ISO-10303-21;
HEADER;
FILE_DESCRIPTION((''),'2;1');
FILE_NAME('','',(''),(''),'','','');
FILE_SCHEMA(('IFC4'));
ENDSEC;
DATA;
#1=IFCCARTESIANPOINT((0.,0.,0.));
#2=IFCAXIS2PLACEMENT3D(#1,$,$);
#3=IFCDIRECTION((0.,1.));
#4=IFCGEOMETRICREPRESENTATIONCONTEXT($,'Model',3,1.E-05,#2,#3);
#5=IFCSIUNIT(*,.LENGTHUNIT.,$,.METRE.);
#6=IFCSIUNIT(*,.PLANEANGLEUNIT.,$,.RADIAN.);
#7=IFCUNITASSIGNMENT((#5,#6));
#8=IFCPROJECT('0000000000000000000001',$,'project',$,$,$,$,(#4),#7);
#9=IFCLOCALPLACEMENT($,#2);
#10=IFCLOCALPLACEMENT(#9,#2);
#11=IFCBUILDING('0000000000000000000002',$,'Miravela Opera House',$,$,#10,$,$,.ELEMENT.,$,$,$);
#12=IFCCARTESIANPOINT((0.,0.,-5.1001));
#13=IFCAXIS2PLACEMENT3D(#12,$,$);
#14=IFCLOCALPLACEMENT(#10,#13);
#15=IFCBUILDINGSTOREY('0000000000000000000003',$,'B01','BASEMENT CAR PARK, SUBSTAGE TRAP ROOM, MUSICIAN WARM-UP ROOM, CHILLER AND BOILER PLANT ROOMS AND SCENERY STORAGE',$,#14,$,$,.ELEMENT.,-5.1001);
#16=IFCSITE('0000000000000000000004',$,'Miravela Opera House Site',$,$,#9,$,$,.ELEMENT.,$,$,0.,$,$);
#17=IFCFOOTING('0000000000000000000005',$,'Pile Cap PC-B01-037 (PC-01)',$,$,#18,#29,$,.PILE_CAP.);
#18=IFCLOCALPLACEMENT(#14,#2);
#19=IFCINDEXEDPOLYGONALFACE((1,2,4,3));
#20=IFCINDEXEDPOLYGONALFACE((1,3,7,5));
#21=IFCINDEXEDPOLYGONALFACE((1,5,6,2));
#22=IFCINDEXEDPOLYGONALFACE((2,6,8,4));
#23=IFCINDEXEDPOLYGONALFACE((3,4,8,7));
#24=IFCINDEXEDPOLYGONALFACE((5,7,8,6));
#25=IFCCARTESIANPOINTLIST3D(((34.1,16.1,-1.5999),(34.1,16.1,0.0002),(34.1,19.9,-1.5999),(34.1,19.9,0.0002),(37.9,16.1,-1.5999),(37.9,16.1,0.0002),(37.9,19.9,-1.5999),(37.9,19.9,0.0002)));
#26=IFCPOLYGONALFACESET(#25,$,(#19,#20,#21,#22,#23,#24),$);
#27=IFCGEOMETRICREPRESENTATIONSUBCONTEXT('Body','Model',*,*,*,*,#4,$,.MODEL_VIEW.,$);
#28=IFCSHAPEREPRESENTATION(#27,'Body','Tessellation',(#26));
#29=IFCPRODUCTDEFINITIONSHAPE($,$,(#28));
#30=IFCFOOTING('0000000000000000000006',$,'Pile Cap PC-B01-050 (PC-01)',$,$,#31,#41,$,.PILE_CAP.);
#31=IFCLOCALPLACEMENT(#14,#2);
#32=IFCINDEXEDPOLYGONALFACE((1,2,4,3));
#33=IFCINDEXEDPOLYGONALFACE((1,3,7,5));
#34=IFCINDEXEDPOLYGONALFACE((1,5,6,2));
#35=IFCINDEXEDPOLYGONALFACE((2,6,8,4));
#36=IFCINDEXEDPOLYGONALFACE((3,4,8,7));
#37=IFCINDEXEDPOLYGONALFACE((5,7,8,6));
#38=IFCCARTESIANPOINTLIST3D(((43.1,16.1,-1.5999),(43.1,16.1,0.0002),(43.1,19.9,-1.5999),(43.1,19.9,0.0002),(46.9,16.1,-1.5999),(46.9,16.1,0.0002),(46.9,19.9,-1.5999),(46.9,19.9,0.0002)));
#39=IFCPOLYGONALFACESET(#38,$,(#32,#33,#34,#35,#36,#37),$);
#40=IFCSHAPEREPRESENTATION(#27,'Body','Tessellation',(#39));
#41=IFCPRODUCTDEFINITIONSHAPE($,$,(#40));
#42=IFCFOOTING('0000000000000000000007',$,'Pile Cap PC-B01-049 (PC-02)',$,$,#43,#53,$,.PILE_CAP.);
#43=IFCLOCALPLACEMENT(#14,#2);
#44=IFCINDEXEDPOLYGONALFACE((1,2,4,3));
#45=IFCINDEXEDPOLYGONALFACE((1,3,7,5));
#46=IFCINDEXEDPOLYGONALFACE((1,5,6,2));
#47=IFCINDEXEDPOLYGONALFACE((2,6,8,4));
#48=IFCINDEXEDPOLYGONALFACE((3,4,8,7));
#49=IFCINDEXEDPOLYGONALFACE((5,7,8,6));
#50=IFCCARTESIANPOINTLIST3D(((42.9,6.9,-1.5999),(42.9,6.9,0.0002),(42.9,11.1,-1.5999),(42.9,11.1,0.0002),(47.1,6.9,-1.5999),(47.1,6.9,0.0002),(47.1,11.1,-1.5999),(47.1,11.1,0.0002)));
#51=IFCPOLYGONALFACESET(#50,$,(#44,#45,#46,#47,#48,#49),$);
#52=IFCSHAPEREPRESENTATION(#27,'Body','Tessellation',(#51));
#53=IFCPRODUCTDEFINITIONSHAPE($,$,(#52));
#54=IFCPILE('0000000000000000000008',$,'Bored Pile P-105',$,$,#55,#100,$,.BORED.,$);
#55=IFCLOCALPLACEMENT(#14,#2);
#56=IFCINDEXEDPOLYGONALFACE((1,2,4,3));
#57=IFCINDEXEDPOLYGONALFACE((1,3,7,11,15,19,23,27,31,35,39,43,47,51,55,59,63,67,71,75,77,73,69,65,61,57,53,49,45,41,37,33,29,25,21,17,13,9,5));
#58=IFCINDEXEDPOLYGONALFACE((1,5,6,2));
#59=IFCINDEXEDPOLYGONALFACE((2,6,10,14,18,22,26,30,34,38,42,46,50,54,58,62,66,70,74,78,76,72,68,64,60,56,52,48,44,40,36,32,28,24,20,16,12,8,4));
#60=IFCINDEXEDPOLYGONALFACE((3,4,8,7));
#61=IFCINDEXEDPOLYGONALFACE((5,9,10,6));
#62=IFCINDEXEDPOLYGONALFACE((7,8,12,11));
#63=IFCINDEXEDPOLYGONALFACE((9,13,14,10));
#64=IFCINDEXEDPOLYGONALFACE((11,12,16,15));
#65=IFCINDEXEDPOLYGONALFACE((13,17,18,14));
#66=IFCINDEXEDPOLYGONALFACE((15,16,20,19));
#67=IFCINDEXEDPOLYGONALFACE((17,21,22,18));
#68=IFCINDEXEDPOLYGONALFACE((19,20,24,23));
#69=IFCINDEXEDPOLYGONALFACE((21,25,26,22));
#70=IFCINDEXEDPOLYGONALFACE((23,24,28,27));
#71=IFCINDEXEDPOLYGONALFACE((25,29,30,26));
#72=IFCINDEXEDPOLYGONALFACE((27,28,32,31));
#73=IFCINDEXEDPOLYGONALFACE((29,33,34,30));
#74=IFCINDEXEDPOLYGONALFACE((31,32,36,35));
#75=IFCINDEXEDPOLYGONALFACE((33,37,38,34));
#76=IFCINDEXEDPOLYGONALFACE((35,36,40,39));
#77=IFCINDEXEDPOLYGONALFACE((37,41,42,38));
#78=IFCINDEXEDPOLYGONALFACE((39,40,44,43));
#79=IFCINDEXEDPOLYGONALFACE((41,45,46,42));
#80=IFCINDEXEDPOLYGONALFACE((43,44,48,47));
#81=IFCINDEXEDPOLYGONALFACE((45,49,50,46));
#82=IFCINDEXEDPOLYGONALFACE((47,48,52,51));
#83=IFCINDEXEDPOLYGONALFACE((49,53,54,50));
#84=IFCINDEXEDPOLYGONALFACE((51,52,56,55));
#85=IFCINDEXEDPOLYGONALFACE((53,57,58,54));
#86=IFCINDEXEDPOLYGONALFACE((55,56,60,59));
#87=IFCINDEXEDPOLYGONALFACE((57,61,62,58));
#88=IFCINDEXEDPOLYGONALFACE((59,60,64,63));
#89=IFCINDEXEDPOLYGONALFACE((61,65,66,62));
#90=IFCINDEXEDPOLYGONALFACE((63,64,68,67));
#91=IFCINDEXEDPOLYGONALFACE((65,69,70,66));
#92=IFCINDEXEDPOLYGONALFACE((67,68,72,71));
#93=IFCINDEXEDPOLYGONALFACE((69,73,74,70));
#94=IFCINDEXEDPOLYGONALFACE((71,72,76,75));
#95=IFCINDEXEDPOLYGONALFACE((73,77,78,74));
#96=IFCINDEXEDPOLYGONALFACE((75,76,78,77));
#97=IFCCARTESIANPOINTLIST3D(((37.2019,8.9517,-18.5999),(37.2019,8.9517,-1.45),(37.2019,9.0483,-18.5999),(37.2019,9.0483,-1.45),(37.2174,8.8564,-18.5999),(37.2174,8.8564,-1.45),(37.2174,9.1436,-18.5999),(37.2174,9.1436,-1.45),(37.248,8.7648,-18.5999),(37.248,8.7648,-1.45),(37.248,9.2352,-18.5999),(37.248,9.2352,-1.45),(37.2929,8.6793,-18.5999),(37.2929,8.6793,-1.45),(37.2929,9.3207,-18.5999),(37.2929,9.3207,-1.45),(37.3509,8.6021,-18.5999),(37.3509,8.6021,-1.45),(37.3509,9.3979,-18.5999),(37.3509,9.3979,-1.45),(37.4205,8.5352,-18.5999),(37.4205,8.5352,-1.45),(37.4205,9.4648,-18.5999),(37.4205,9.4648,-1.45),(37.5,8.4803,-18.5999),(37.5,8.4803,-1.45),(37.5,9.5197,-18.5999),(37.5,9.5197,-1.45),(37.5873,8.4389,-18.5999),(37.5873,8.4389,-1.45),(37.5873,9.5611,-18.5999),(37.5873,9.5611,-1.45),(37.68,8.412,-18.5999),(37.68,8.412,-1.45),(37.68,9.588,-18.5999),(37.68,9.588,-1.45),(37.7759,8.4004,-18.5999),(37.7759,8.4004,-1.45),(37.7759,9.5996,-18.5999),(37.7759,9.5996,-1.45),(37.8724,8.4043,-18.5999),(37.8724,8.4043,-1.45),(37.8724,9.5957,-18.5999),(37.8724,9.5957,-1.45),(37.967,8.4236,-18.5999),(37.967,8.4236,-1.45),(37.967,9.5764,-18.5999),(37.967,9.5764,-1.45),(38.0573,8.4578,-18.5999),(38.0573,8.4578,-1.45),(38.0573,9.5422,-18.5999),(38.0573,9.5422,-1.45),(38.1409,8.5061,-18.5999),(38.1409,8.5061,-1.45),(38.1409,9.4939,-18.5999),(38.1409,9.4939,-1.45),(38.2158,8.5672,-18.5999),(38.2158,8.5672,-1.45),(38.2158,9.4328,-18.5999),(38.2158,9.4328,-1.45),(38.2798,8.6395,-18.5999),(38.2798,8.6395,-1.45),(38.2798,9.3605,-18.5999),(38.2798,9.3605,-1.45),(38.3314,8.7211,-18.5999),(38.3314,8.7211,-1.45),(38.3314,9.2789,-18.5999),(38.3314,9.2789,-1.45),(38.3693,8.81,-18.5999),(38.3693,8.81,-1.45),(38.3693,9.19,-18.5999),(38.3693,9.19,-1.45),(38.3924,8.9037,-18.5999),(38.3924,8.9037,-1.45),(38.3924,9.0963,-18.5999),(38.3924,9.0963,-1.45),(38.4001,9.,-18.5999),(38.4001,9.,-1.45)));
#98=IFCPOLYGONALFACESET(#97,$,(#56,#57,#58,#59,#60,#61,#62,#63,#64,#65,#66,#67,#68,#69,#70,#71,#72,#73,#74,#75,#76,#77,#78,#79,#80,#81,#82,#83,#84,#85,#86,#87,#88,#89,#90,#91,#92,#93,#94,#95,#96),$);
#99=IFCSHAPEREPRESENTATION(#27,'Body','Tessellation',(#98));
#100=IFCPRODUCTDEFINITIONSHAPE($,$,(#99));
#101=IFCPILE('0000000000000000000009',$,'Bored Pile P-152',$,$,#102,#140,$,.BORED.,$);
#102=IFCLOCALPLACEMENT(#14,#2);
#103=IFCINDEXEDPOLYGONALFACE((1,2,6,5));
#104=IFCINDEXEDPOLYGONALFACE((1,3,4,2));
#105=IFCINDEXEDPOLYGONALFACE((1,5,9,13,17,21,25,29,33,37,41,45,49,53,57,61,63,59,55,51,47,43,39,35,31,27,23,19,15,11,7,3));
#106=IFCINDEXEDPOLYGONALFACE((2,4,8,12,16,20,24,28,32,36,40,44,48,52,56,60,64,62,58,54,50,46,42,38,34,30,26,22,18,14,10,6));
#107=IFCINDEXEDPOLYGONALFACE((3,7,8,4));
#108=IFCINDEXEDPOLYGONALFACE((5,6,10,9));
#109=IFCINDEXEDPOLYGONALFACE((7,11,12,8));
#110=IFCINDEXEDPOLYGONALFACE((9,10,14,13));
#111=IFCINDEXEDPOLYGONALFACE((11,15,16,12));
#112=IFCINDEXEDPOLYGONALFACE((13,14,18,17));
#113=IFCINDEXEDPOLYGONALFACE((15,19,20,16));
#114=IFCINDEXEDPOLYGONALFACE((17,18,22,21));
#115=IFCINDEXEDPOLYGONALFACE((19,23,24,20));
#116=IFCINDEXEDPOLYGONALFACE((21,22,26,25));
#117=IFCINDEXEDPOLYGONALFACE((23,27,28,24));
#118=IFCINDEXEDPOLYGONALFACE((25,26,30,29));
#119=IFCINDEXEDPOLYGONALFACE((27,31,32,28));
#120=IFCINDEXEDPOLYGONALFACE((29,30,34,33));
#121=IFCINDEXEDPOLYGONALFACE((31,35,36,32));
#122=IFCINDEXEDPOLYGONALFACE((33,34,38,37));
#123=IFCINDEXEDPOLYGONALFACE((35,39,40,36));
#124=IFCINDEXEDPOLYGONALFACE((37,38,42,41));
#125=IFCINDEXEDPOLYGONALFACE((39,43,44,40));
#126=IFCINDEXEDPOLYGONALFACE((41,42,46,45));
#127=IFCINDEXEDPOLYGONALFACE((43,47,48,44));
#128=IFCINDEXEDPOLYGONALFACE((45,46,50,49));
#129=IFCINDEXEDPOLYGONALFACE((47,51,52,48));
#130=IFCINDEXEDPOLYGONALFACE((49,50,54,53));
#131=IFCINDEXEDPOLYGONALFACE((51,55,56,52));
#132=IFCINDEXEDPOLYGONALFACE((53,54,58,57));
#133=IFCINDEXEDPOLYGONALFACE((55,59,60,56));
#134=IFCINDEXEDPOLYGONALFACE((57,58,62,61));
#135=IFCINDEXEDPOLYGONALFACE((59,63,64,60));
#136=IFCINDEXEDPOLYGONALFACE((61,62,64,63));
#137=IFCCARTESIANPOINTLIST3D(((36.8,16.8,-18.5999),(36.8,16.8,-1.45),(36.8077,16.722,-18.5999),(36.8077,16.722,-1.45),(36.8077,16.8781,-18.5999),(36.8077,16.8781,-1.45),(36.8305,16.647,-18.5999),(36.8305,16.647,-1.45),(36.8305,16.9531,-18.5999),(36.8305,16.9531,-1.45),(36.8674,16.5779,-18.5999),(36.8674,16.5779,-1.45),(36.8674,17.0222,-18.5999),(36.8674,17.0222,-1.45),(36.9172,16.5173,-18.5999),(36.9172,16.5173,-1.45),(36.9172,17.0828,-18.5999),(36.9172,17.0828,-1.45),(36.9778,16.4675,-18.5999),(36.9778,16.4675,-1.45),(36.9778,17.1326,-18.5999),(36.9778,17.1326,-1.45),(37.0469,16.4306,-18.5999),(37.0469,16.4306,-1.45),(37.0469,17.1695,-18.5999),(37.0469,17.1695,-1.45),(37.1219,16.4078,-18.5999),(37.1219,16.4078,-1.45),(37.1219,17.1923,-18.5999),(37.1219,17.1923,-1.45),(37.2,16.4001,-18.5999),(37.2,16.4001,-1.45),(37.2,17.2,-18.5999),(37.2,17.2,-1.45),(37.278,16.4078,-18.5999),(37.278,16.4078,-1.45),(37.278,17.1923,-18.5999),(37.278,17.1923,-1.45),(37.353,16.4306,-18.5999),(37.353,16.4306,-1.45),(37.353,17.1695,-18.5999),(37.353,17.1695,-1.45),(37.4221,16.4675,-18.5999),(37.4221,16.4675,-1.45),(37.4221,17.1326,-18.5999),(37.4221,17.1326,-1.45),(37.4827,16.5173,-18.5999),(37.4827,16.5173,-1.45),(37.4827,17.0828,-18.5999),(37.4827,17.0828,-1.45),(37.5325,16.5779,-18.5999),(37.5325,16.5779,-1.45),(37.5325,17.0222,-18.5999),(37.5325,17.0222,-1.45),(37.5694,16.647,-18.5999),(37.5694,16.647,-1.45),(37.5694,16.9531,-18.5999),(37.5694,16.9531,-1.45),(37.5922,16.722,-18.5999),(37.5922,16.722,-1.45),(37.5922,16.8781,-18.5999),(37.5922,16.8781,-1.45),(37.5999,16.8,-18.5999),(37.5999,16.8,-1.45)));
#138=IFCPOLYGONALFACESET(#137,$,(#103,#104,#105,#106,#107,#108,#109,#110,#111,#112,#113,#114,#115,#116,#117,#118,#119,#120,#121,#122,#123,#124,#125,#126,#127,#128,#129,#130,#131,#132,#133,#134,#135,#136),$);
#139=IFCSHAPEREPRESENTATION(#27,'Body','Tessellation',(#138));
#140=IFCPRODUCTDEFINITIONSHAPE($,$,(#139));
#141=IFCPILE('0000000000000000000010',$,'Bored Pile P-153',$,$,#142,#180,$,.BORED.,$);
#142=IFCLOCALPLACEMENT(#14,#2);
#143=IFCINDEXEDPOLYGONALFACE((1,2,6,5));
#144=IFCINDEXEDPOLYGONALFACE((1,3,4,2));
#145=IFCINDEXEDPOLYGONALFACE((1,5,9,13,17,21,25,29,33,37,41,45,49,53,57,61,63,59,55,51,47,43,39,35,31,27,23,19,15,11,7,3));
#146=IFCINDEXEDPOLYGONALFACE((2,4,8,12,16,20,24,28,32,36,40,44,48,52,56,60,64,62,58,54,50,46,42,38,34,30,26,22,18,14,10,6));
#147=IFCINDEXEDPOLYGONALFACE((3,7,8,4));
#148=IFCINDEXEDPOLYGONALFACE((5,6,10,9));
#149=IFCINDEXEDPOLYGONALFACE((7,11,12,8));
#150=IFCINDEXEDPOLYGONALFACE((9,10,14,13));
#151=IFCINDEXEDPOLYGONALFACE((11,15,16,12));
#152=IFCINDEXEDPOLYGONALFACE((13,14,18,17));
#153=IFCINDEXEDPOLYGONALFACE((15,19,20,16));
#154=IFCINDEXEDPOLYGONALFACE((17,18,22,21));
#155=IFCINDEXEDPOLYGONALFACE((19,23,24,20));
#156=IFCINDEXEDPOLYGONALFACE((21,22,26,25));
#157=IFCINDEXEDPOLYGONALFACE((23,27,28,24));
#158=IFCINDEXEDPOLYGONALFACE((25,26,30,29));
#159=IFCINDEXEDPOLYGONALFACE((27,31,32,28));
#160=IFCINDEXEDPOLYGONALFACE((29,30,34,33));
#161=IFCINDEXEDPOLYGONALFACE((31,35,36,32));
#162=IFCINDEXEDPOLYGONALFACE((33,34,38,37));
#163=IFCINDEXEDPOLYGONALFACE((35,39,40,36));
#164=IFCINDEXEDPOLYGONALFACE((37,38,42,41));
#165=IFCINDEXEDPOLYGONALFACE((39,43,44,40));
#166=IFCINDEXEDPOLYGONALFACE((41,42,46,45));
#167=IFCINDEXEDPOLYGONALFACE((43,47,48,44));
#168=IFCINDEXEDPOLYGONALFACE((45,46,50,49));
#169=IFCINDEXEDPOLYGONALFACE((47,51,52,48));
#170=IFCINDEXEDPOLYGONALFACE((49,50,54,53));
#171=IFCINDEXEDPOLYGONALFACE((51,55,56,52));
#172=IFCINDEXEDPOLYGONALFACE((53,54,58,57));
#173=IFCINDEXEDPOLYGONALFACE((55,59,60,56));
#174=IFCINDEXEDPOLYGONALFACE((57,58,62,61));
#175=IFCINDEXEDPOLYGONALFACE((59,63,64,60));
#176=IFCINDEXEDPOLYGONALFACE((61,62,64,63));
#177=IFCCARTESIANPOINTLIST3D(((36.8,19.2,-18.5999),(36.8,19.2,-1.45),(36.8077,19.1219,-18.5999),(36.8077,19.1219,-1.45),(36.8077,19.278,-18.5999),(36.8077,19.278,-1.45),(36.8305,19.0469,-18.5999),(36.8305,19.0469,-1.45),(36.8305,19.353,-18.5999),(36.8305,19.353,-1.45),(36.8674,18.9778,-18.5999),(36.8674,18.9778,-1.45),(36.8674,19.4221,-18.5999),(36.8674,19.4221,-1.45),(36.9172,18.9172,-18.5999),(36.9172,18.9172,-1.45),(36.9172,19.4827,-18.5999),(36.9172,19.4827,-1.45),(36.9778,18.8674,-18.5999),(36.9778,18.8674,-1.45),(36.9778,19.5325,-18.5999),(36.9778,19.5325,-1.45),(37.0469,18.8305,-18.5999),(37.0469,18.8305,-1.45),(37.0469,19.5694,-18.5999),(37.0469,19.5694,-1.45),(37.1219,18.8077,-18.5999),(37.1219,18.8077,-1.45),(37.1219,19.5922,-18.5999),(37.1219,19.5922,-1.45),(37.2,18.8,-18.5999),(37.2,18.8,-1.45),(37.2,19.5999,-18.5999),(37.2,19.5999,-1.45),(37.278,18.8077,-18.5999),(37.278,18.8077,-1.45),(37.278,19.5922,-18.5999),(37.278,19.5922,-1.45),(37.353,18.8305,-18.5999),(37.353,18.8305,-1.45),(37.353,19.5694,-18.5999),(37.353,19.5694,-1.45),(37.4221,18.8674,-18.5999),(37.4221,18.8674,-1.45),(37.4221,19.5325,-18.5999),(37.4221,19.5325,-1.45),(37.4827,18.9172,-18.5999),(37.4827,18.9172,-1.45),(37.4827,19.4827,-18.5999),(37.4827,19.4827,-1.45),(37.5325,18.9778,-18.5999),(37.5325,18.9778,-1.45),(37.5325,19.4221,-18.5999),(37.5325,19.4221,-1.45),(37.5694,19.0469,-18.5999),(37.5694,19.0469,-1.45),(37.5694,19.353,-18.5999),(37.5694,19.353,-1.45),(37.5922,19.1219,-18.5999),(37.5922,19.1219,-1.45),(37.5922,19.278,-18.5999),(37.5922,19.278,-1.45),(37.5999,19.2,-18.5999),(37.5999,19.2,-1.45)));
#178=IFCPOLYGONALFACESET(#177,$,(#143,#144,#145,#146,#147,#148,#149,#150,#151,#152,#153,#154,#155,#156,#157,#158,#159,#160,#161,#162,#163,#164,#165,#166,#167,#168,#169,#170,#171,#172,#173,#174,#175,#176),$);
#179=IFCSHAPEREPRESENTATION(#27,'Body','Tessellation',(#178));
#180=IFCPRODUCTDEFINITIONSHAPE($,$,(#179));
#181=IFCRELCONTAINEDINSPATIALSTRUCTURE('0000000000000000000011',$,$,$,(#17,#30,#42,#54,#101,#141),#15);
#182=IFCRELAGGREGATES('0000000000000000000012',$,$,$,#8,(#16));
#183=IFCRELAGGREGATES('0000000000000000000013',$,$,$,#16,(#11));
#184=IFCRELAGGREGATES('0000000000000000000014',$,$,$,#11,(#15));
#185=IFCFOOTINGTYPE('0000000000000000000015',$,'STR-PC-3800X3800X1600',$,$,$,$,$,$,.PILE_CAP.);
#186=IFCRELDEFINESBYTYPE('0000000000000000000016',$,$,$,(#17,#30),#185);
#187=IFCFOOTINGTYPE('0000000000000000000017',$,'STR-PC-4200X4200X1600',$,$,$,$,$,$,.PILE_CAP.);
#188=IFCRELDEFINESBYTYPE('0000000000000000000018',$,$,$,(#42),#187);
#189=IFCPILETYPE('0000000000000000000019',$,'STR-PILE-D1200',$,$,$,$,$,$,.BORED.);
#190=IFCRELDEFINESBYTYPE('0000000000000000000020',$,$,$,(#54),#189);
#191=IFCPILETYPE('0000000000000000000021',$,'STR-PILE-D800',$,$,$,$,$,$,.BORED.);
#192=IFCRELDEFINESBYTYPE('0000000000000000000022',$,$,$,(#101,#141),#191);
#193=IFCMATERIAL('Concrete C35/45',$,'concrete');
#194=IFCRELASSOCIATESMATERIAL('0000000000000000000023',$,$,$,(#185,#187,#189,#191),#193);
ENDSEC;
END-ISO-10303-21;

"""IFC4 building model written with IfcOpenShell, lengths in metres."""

from ifc_helpers import new_model, si_unit, direction, frame, origin, origin_2d, place, context, subcontext, project, spatial, rectangle, circle, extrude, material, material_profile, profile_set, type_object, element, save


model = new_model("IFC4")

# Units and contexts
model_context = context("Model", 3, precision=1e-05, world=origin(), true_north=direction((0.0, 1.0)))
body_context = subcontext(model_context, "Body", "Model", "MODEL_VIEW")
ifc_project = project(units=[si_unit("LENGTHUNIT", "METRE"), si_unit("PLANEANGLEUNIT", "RADIAN")], contexts=[model_context])

# Site, building, storey
site_placement = place(None, origin())
site = spatial("IfcSite", under=ifc_project, at=site_placement, Name="Miravela Opera House Site", CompositionType="ELEMENT", RefElevation=0.0)
building_placement = place(site_placement, origin())
building = spatial("IfcBuilding", under=site, at=building_placement, Name="Miravela Opera House", CompositionType="ELEMENT")
storey_placement = place(building_placement, frame((0.0, 0.0, -5.1001)))
storey = spatial("IfcBuildingStorey", under=building, at=storey_placement, Name="B01", Description="BASEMENT CAR PARK, SUBSTAGE TRAP ROOM, MUSICIAN WARM-UP ROOM, CHILLER AND BOILER PLANT ROOMS AND SCENERY STORAGE", CompositionType="ELEMENT", Elevation=-5.1001)

# Footings
ifc_material_1 = material(Name="Concrete C35/45", Category="concrete")
footing_type_1 = type_object("IfcFootingType", Name="STR-PC-3800X3800X1600", PredefinedType="PILE_CAP", material=ifc_material_1)
for number, where, z_axis, x_axis, name in (
    (1, (36.0, 18.0, -1.5999), (0.0, 0.0, 1.0), (1.0, 0.0, 0.0), "Pile Cap PC-B01-037 (PC-01)"),
    (2, (45.0, 18.0, -1.5999), (0.0, 0.0, 1.0), (1.0, 0.0, 0.0), "Pile Cap PC-B01-050 (PC-01)"),
):
    element("IfcFooting", number, at=place(storey_placement, frame(where, z_axis=z_axis, x_axis=x_axis)), inside=storey, type_object=footing_type_1, Name=name, PredefinedType="PILE_CAP", context=body_context, shape_type="SweptSolid", body=[
        extrude(rectangle(XDim=3.8, YDim=3.8, at=origin_2d()), origin(), (0.0, 0.0, 1.0), 1.6001),
    ])
footing_type_2 = type_object("IfcFootingType", Name="STR-PC-4200X4200X1600", PredefinedType="PILE_CAP", material=ifc_material_1)
footing_placement = place(storey_placement, frame((45.0, 9.0, -1.5999), z_axis=(0.0, 0.0, 1.0), x_axis=(1.0, 0.0, 0.0)))
element("IfcFooting", 3, at=footing_placement, inside=storey, type_object=footing_type_2, Name="Pile Cap PC-B01-049 (PC-02)", PredefinedType="PILE_CAP", context=body_context, shape_type="SweptSolid", body=[
    extrude(rectangle(XDim=4.2, YDim=4.2, at=origin_2d()), origin(), (0.0, 0.0, 1.0), 1.6001),
])

# Piles
ifc_material_profile_1 = material_profile(ifc_material_1, circle(Radius=0.6001, at=origin_2d()), Name="PILE-D1200")
ifc_profile_set_1 = profile_set([ifc_material_profile_1])
pile_type_1 = type_object("IfcPileType", Name="STR-PILE-D1200", PredefinedType="BORED", material=ifc_profile_set_1)
pile_placement = place(storey_placement, frame((37.8, 9.0, -1.45), z_axis=(0.0, 0.0, -1.0), x_axis=(1.0, 0.0, 0.0)))
element("IfcPile", 4, at=pile_placement, inside=storey, type_object=pile_type_1, Name="Bored Pile P-105", PredefinedType="BORED", context=body_context, shape_type="SweptSolid", body=[
    extrude(circle(Radius=0.6001, at=origin_2d()), origin(), (0.0, 0.0, 1.0), 17.1499),
])
ifc_material_profile_2 = material_profile(ifc_material_1, circle(Radius=0.3999, at=origin_2d()), Name="PILE-D800")
ifc_profile_set_2 = profile_set([ifc_material_profile_2])
pile_type_2 = type_object("IfcPileType", Name="STR-PILE-D800", PredefinedType="BORED", material=ifc_profile_set_2)
for number, where, z_axis, x_axis, name in (
    (5, (37.2, 16.8, -1.45), (0.0, 0.0, -1.0), (1.0, 0.0, 0.0), "Bored Pile P-152"),
    (6, (37.2, 19.2, -1.45), (0.0, 0.0, -1.0), (1.0, 0.0, 0.0), "Bored Pile P-153"),
):
    element("IfcPile", number, at=place(storey_placement, frame(where, z_axis=z_axis, x_axis=x_axis)), inside=storey, type_object=pile_type_2, Name=name, PredefinedType="BORED", context=body_context, shape_type="SweptSolid", body=[
        extrude(circle(Radius=0.3999, at=origin_2d()), origin(), (0.0, 0.0, 1.0), 17.1499),
    ])

save(model, "model.ifc")
